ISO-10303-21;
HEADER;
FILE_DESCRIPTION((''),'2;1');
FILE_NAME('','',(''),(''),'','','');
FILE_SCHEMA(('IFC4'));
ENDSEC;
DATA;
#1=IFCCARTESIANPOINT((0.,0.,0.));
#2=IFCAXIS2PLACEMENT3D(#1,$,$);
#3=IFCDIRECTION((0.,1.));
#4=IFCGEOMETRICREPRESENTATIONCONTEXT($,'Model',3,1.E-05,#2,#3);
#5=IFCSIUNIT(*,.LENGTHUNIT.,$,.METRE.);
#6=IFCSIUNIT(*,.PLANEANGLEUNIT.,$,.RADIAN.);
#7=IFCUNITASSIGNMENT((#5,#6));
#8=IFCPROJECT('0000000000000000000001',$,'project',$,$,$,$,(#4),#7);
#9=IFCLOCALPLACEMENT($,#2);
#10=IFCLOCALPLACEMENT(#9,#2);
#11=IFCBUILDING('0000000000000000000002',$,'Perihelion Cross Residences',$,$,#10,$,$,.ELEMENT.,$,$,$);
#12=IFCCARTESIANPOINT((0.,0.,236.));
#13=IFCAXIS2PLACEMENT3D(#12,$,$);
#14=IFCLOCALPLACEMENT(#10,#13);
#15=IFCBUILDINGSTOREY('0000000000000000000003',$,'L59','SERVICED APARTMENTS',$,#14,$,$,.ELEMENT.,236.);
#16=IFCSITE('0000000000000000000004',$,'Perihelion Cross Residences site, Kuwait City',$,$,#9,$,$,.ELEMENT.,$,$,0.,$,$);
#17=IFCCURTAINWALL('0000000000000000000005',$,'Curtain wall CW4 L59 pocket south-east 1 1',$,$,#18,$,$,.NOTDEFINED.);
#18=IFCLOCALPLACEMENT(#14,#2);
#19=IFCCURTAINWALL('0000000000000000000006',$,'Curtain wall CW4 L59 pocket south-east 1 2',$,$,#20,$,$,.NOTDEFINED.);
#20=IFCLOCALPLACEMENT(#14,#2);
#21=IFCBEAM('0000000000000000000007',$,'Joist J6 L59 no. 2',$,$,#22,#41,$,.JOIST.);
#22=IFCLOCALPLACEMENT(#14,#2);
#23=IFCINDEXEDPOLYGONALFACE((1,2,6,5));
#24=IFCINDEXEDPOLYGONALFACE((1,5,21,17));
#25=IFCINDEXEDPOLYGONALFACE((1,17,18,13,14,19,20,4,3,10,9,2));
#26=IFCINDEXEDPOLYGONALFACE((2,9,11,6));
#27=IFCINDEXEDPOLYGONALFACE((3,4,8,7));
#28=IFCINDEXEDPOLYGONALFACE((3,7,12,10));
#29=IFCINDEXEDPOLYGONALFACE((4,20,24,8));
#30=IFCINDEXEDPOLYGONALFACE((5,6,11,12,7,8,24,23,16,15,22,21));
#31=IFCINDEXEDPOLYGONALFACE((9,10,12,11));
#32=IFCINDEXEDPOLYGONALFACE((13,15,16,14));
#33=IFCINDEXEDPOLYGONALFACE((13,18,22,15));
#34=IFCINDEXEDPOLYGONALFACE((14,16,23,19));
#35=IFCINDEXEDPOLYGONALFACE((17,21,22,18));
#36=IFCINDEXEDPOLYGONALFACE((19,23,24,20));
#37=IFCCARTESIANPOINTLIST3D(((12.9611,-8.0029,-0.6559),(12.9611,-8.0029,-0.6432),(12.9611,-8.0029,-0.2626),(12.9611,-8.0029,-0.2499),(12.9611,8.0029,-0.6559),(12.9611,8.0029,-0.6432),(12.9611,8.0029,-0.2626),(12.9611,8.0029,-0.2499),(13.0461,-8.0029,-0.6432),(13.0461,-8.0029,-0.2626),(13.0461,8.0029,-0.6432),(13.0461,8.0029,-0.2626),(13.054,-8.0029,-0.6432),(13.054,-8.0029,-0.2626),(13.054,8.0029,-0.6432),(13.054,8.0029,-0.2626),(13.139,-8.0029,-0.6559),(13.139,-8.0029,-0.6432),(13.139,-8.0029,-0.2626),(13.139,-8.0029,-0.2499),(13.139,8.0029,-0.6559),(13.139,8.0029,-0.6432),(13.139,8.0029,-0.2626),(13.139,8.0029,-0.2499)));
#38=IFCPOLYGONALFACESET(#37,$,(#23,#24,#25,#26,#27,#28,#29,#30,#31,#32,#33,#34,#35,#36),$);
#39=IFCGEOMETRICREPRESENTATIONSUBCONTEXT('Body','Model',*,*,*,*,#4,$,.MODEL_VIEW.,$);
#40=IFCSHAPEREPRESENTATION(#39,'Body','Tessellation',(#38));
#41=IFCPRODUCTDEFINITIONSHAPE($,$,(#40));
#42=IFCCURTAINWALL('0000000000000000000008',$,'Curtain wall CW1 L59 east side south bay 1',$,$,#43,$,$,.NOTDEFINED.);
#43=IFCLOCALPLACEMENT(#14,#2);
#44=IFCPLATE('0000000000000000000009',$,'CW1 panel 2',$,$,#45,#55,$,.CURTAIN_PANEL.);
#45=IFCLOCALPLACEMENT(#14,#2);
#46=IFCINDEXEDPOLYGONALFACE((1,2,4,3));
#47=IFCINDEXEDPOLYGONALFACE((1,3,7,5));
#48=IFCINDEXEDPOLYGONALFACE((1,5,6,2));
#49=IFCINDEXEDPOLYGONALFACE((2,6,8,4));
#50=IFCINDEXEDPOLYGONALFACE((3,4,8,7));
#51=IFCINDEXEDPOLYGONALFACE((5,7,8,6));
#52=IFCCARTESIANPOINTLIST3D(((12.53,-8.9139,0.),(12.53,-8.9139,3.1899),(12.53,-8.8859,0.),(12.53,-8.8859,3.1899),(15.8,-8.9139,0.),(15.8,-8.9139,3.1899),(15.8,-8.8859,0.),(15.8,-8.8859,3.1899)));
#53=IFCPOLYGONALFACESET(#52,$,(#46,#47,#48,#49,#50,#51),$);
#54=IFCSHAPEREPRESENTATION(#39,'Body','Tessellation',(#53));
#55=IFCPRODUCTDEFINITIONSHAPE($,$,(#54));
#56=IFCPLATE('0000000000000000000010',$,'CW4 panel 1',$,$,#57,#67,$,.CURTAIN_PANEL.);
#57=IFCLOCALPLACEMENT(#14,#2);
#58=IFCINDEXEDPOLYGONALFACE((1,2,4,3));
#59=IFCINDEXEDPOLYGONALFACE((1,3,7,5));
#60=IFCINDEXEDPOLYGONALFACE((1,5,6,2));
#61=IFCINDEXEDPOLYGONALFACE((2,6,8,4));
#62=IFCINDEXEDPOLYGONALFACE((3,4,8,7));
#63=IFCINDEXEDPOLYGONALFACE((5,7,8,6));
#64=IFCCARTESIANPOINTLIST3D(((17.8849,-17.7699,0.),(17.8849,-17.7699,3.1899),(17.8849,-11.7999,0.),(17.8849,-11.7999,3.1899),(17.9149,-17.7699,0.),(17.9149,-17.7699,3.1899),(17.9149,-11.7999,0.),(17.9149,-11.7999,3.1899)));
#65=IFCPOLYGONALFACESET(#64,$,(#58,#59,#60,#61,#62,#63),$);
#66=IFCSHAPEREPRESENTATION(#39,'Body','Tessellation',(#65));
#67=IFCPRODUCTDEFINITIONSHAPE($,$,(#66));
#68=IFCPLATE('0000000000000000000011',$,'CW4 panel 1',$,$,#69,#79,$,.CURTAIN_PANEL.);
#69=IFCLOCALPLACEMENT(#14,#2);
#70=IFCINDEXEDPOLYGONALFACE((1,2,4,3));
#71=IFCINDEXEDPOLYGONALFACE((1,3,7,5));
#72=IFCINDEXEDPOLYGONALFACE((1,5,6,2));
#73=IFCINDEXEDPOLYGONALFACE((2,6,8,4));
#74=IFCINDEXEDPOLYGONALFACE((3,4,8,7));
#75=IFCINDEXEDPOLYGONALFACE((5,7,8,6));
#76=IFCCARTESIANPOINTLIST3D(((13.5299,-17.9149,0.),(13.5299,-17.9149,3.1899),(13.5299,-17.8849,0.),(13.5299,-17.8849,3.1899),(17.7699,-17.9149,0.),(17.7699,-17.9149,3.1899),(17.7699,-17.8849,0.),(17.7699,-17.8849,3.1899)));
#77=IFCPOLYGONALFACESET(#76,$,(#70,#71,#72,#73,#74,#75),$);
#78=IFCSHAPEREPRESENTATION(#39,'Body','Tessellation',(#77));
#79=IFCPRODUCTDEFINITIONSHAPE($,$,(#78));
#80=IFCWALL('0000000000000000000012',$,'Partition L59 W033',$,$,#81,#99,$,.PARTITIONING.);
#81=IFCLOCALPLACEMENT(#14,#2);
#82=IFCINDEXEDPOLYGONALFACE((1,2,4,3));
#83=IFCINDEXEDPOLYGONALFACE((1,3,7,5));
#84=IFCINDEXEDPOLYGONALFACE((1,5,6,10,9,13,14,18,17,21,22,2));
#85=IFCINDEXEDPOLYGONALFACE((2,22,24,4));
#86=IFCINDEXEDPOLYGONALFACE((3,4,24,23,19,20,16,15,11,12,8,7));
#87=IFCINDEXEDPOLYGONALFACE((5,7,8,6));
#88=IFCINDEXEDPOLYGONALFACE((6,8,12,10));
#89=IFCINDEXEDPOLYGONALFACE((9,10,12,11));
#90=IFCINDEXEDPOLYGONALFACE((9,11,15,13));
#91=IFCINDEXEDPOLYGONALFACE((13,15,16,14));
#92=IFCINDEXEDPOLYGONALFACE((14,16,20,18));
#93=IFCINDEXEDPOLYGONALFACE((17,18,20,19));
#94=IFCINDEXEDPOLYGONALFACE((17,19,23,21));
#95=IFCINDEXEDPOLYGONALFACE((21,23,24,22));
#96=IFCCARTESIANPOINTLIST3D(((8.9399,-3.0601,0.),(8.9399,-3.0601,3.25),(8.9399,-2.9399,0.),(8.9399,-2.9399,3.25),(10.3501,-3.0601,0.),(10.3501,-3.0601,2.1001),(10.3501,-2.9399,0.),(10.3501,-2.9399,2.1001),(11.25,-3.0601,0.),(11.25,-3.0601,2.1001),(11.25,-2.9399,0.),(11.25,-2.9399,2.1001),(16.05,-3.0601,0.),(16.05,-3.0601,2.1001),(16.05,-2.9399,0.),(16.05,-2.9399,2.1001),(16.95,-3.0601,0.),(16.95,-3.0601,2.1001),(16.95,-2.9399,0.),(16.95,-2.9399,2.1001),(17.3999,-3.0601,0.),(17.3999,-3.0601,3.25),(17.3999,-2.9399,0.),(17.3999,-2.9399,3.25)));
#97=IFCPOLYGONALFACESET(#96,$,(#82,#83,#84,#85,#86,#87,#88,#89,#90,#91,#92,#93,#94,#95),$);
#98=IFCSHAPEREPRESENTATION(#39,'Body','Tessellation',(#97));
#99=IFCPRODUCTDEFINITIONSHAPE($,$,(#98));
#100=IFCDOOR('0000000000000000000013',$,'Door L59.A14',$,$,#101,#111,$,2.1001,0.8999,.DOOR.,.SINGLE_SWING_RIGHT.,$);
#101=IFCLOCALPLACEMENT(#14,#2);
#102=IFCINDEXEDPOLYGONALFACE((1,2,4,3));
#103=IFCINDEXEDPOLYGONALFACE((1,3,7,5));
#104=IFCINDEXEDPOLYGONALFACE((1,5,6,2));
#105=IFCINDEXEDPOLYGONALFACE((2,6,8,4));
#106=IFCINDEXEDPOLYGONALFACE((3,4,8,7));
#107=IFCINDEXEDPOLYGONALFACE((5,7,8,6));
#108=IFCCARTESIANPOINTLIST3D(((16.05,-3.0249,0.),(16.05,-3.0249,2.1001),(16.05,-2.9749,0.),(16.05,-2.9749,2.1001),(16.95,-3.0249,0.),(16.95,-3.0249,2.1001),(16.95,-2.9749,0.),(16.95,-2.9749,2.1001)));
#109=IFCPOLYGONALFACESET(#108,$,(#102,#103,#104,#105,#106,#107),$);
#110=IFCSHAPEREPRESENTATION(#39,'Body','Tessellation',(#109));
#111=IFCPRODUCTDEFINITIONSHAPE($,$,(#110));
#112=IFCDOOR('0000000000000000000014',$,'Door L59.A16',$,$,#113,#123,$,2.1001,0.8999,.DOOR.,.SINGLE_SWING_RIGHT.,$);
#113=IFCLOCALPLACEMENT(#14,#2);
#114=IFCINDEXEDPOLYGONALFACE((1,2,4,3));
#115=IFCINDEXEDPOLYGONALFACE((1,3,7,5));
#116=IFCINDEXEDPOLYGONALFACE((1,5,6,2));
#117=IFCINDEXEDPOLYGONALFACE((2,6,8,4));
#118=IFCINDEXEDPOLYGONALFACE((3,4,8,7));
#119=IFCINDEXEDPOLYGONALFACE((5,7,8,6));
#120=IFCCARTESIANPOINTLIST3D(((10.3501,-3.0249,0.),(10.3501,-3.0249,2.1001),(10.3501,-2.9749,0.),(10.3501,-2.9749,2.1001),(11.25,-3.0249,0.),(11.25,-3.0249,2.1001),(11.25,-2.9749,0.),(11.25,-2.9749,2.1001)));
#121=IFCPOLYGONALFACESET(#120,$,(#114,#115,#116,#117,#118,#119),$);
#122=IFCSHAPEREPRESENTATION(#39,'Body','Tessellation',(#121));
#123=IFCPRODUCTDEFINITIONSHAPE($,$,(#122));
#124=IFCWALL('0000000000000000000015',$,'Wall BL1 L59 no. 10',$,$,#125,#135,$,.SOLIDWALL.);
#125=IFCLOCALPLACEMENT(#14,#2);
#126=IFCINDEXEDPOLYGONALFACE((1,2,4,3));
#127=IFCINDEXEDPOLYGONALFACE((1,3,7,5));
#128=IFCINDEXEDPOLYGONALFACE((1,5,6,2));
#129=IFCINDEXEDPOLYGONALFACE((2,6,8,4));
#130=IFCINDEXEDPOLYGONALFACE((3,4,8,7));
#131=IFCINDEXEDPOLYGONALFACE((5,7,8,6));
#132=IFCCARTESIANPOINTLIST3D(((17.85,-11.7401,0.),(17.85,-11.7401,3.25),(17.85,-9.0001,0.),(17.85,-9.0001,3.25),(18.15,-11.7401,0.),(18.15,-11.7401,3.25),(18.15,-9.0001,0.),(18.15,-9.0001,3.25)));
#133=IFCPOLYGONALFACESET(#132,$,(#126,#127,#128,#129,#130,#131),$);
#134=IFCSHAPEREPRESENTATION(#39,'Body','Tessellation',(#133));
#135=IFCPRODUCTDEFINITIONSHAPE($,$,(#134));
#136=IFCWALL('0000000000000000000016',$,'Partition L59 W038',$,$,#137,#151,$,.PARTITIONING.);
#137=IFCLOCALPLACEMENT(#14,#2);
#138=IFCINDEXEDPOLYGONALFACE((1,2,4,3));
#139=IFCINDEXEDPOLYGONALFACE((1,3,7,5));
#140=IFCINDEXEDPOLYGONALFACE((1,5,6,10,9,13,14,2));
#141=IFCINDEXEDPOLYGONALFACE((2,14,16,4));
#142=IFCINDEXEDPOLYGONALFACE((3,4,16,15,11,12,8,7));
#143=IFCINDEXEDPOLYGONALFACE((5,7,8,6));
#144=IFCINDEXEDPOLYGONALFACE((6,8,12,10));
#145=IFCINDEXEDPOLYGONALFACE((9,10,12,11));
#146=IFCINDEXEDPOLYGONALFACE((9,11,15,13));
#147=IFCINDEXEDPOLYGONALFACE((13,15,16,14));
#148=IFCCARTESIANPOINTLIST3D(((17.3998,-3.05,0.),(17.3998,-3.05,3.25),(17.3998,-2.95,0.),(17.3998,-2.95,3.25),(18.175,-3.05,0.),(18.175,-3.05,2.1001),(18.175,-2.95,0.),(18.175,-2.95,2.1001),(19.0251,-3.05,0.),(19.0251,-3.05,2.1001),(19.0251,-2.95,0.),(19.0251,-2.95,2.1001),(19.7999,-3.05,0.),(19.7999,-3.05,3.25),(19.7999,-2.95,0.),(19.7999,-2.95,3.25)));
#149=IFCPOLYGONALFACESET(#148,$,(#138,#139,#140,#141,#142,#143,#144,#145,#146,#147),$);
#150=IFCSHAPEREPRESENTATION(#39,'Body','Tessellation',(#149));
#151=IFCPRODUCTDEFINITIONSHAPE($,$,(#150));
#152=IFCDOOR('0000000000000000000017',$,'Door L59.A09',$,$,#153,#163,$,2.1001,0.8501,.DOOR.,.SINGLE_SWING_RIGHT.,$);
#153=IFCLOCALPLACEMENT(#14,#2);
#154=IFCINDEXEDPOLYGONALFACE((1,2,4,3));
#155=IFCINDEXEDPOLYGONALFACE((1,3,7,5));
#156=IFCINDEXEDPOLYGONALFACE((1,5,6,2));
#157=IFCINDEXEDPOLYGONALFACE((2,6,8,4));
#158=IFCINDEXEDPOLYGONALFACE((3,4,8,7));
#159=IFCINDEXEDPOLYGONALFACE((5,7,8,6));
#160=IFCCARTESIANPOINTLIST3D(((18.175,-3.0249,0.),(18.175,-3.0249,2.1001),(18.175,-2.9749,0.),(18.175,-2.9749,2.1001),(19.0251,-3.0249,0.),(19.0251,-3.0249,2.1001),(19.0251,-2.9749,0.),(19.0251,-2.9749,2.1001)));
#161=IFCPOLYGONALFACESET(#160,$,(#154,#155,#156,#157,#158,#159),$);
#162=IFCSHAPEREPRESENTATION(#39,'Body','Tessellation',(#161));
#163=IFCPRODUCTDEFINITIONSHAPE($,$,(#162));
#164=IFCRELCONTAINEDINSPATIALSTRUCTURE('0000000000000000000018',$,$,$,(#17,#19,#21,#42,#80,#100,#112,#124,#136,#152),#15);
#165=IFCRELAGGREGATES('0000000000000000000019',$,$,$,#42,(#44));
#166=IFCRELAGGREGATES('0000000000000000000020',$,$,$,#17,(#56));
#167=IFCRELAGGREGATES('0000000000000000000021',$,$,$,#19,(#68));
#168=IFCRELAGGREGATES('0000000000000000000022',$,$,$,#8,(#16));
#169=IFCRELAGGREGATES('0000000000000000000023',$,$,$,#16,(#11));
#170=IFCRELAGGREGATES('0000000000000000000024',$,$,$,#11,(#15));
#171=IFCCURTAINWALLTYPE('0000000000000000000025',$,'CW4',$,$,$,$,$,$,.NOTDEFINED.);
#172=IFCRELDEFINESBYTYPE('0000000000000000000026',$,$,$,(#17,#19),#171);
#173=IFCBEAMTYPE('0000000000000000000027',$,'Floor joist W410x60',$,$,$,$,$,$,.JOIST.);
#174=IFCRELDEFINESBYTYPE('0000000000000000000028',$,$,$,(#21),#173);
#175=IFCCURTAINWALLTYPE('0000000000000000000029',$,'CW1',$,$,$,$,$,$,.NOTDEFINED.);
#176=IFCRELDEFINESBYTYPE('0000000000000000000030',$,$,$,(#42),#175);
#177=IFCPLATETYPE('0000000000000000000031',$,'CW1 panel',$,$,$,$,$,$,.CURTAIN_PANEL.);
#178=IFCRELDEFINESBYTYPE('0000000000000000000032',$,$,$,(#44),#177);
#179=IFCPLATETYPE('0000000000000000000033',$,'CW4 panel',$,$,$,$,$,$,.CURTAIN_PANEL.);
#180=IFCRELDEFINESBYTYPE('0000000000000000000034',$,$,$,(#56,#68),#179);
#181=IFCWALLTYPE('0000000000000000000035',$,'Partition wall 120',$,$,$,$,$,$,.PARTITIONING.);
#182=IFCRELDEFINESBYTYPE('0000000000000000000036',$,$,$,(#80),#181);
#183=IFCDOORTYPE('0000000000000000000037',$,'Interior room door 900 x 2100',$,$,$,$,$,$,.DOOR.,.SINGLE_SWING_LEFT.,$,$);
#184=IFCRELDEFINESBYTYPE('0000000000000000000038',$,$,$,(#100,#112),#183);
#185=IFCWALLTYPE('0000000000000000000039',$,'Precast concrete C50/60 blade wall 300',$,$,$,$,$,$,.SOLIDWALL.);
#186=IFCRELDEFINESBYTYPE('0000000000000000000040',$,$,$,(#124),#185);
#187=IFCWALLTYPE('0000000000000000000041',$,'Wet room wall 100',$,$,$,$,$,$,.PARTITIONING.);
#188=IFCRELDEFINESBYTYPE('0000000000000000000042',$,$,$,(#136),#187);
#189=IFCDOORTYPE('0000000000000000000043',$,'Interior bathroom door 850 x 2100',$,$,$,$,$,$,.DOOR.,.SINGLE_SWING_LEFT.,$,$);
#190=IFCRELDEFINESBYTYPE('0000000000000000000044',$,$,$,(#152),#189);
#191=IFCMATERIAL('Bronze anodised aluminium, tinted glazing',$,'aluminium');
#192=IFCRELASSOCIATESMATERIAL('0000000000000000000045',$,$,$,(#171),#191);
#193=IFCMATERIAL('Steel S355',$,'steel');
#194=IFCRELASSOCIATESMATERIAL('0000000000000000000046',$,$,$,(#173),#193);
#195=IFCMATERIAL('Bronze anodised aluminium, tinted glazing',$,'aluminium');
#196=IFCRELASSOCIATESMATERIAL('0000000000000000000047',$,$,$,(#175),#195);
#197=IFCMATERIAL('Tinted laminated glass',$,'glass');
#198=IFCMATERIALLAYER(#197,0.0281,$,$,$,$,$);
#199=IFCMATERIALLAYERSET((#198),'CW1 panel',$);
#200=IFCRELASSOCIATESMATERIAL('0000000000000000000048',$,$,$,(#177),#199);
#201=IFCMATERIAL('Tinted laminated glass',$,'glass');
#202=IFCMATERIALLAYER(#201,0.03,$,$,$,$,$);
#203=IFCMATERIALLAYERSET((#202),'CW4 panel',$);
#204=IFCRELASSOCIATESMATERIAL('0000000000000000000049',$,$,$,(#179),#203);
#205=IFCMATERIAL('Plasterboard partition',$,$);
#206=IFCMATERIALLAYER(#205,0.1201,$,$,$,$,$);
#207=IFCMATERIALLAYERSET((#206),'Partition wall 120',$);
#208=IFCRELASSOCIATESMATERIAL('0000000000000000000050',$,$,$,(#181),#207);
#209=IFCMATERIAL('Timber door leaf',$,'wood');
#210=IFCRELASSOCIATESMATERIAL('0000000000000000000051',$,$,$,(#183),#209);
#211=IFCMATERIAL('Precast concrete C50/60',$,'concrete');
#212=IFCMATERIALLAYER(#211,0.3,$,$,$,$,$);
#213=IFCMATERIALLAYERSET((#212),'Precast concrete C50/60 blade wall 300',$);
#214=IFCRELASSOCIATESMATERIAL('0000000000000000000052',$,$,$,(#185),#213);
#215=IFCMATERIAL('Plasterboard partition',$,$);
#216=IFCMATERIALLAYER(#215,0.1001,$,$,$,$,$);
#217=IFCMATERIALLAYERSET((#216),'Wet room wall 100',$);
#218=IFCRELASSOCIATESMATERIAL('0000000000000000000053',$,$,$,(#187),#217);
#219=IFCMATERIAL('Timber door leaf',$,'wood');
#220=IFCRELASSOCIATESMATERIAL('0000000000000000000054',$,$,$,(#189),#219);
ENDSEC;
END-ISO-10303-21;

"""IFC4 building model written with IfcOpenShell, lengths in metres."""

from ifc_helpers import new_model, si_unit, direction, frame, frame_2d, origin, origin_2d, place, context, subcontext, project, spatial, rectangle, i_section, extrude, material, layer, layer_set, material_profile, profile_set, type_object, element, fill, aggregate, save


model = new_model("IFC4")

# Units and contexts
model_context = context("Model", 3, precision=1e-05, world=origin(), true_north=direction((0.0, 1.0)))
body_context = subcontext(model_context, "Body", "Model", "MODEL_VIEW")
ifc_project = project(units=[si_unit("LENGTHUNIT", "METRE"), si_unit("PLANEANGLEUNIT", "RADIAN")], contexts=[model_context])

# Site, building, storey
site_placement = place(None, origin())
site = spatial("IfcSite", under=ifc_project, at=site_placement, Name="Perihelion Cross Residences site, Kuwait City", CompositionType="ELEMENT", RefElevation=0.0)
building_placement = place(site_placement, origin())
building = spatial("IfcBuilding", under=site, at=building_placement, Name="Perihelion Cross Residences", CompositionType="ELEMENT")
storey_placement = place(building_placement, frame((0.0, 0.0, 236.0)))
storey = spatial("IfcBuildingStorey", under=building, at=storey_placement, Name="L59", Description="SERVICED APARTMENTS", CompositionType="ELEMENT", Elevation=236.0)

# Curtain walls
ifc_material_1 = material(Name="Bronze anodised aluminium, tinted glazing", Category="aluminium")
curtain_wall_type_1 = type_object("IfcCurtainWallType", Name="CW4", PredefinedType="NOTDEFINED", material=ifc_material_1)
curtain_wall_1_placement = place(storey_placement, origin())
curtain_wall_1 = element("IfcCurtainWall", 1, at=curtain_wall_1_placement, inside=storey, type_object=curtain_wall_type_1, Name="Curtain wall CW4 L59 pocket south-east 1 1", PredefinedType="NOTDEFINED")
curtain_wall_2_placement = place(storey_placement, origin())
curtain_wall_2 = element("IfcCurtainWall", 2, at=curtain_wall_2_placement, inside=storey, type_object=curtain_wall_type_1, Name="Curtain wall CW4 L59 pocket south-east 1 2", PredefinedType="NOTDEFINED")

# Beam
ifc_material_2 = material(Name="Steel S355", Category="steel")
ifc_material_profile_1 = material_profile(ifc_material_2, i_section(OverallWidth=0.178, OverallDepth=0.406, WebThickness=0.0078, FlangeThickness=0.0127, at=origin_2d()), Name="W410x60")
ifc_profile_set_1 = profile_set([ifc_material_profile_1], Name="Steel S355")
beam_type_1 = type_object("IfcBeamType", Name="Floor joist W410x60", PredefinedType="JOIST", material=ifc_profile_set_1)
beam_1_placement = place(storey_placement, frame((13.05, -8.0029, -0.4529), z_axis=(0.0, 1.0, 0.0), x_axis=(-1.0, 0.0, 0.0)))
element("IfcBeam", 3, at=beam_1_placement, inside=storey, type_object=beam_type_1, Name="Joist J6 L59 no. 2", PredefinedType="JOIST", context=body_context, shape_type="SweptSolid", body=[
    extrude(i_section(OverallWidth=0.178, OverallDepth=0.406, WebThickness=0.0078, FlangeThickness=0.0127, at=origin_2d()), origin(), (0.0, 0.0, 1.0), 16.0059),
])

# Curtain wall, plate
ifc_material_3 = material(Name="Bronze anodised aluminium, tinted glazing", Category="aluminium")
curtain_wall_type_2 = type_object("IfcCurtainWallType", Name="CW1", PredefinedType="NOTDEFINED", material=ifc_material_3)
curtain_wall_3_placement = place(storey_placement, origin())
curtain_wall_3 = element("IfcCurtainWall", 4, at=curtain_wall_3_placement, inside=storey, type_object=curtain_wall_type_2, Name="Curtain wall CW1 L59 east side south bay 1", PredefinedType="NOTDEFINED")
ifc_material_4 = material(Name="Tinted laminated glass", Category="glass")
ifc_layer_1 = layer(ifc_material_4, 0.0281)
ifc_layer_set_1 = layer_set([ifc_layer_1], Name="CW1 panel")
plate_type_1 = type_object("IfcPlateType", Name="CW1 panel", PredefinedType="CURTAIN_PANEL", material=ifc_layer_set_1)
plate_1_placement = place(storey_placement, frame((14.165, -8.8999, 0.0), z_axis=(0.0, 0.0, 1.0), x_axis=(1.0, 0.0, 0.0)))
plate_1 = element("IfcPlate", 5, at=plate_1_placement, type_object=plate_type_1, Name="CW1 panel 2", PredefinedType="CURTAIN_PANEL", context=body_context, shape_type="SweptSolid", body=[
    extrude(rectangle(XDim=3.27, YDim=0.0281, at=origin_2d()), origin(), (0.0, 0.0, 1.0), 3.1899),
])
aggregate(curtain_wall_3, [plate_1])

# Plates
ifc_material_5 = material(Name="Tinted laminated glass", Category="glass")
ifc_layer_2 = layer(ifc_material_5, 0.03)
ifc_layer_set_2 = layer_set([ifc_layer_2], Name="CW4 panel")
plate_type_2 = type_object("IfcPlateType", Name="CW4 panel", PredefinedType="CURTAIN_PANEL", material=ifc_layer_set_2)
plate_2_placement = place(storey_placement, frame((17.8999, -14.7849, 0.0), z_axis=(0.0, 0.0, 1.0), x_axis=(0.0, -1.0, 0.0)))
plate_2 = element("IfcPlate", 6, at=plate_2_placement, type_object=plate_type_2, Name="CW4 panel 1", PredefinedType="CURTAIN_PANEL", context=body_context, shape_type="SweptSolid", body=[
    extrude(rectangle(XDim=5.97, YDim=0.03, at=origin_2d()), origin(), (0.0, 0.0, 1.0), 3.1899),
])
aggregate(curtain_wall_1, [plate_2])
plate_3_placement = place(storey_placement, frame((15.6499, -17.8999, 0.0), z_axis=(0.0, 0.0, 1.0), x_axis=(-1.0, 0.0, 0.0)))
plate_3 = element("IfcPlate", 7, at=plate_3_placement, type_object=plate_type_2, Name="CW4 panel 1", PredefinedType="CURTAIN_PANEL", context=body_context, shape_type="SweptSolid", body=[
    extrude(rectangle(XDim=4.24, YDim=0.03, at=origin_2d()), origin(), (0.0, 0.0, 1.0), 3.1899),
])
aggregate(curtain_wall_2, [plate_3])

# Wall, openings, doors
ifc_material_6 = material(Name="Plasterboard partition")
ifc_layer_3 = layer(ifc_material_6, 0.1201)
ifc_layer_set_3 = layer_set([ifc_layer_3], Name="Partition wall 120")
wall_type_1 = type_object("IfcWallType", Name="Partition wall 120", PredefinedType="PARTITIONING", material=ifc_layer_set_3)
wall_1_placement = place(storey_placement, frame((17.3999, -3.0, 0.0), z_axis=(0.0, 0.0, 1.0), x_axis=(-1.0, 0.0, 0.0)))
wall_1 = element("IfcWall", 8, at=wall_1_placement, inside=storey, type_object=wall_type_1, Name="Partition L59 W033", PredefinedType="PARTITIONING", context=body_context, shape_type="SweptSolid", body=[
    extrude(rectangle(XDim=8.46, YDim=0.1201, at=frame_2d((4.23, 0.0))), origin(), (0.0, 0.0, 1.0), 3.25),
])
opening_1_placement = place(wall_1_placement, frame((0.45, 0.0, 0.0)))
opening_1 = element("IfcOpeningElement", 9, at=opening_1_placement, cuts=wall_1, PredefinedType="OPENING", context=body_context, shape_type="SweptSolid", body=[
    extrude(rectangle(XDim=0.8999, YDim=2.1001, at=frame_2d((0.45, 1.05))), frame((0.0, 0.0701, 0.0), z_axis=(0.0, -1.0, 0.0), x_axis=(1.0, 0.0, 0.0)), (0.0, 0.0, 1.0), 0.1401),
])
opening_2_placement = place(wall_1_placement, frame((6.1499, 0.0, 0.0)))
opening_2 = element("IfcOpeningElement", 10, at=opening_2_placement, cuts=wall_1, PredefinedType="OPENING", context=body_context, shape_type="SweptSolid", body=[
    extrude(rectangle(XDim=0.8999, YDim=2.1001, at=frame_2d((0.45, 1.05))), frame((0.0, 0.0701, 0.0), z_axis=(0.0, -1.0, 0.0), x_axis=(1.0, 0.0, 0.0)), (0.0, 0.0, 1.0), 0.1401),
])
ifc_material_7 = material(Name="Timber door leaf", Category="wood")
door_type_1 = type_object("IfcDoorType", Name="Interior room door 900 x 2100", OperationType="SINGLE_SWING_LEFT", PredefinedType="DOOR", material=ifc_material_7)
door_1_placement = place(opening_1_placement, origin())
door_1 = element("IfcDoor", 11, at=door_1_placement, inside=storey, type_object=door_type_1, Name="Door L59.A14", OperationType="SINGLE_SWING_RIGHT", OverallHeight=2.1001, OverallWidth=0.8999, PredefinedType="DOOR", context=body_context, shape_type="SweptSolid", body=[
    extrude(rectangle(XDim=0.8999, YDim=2.1001, at=frame_2d((0.45, 1.05))), frame((0.0, 0.0249, 0.0), z_axis=(0.0, -1.0, 0.0), x_axis=(1.0, 0.0, 0.0)), (0.0, 0.0, 1.0), 0.05),
])
fill(opening_1, door_1)
door_2_placement = place(opening_2_placement, origin())
door_2 = element("IfcDoor", 12, at=door_2_placement, inside=storey, type_object=door_type_1, Name="Door L59.A16", OperationType="SINGLE_SWING_RIGHT", OverallHeight=2.1001, OverallWidth=0.8999, PredefinedType="DOOR", context=body_context, shape_type="SweptSolid", body=[
    extrude(rectangle(XDim=0.8999, YDim=2.1001, at=frame_2d((0.45, 1.05))), frame((0.0, 0.0249, 0.0), z_axis=(0.0, -1.0, 0.0), x_axis=(1.0, 0.0, 0.0)), (0.0, 0.0, 1.0), 0.05),
])
fill(opening_2, door_2)

# Wall
ifc_material_8 = material(Name="Precast concrete C50/60", Category="concrete")
ifc_layer_4 = layer(ifc_material_8, 0.3)
ifc_layer_set_4 = layer_set([ifc_layer_4], Name="Precast concrete C50/60 blade wall 300")
wall_type_2 = type_object("IfcWallType", Name="Precast concrete C50/60 blade wall 300", PredefinedType="SOLIDWALL", material=ifc_layer_set_4)
wall_2_placement = place(storey_placement, frame((18.0, -9.0, 0.0), z_axis=(0.0, 0.0, 1.0), x_axis=(0.0, -1.0, 0.0)))
element("IfcWall", 13, at=wall_2_placement, inside=storey, type_object=wall_type_2, Name="Wall BL1 L59 no. 10", PredefinedType="SOLIDWALL", context=body_context, shape_type="SweptSolid", body=[
    extrude(rectangle(XDim=2.74, YDim=0.3, at=frame_2d((1.3701, 0.0))), origin(), (0.0, 0.0, 1.0), 3.25),
])

# Wall, opening, door
ifc_material_9 = material(Name="Plasterboard partition")
ifc_layer_5 = layer(ifc_material_9, 0.1001)
ifc_layer_set_5 = layer_set([ifc_layer_5], Name="Wet room wall 100")
wall_type_3 = type_object("IfcWallType", Name="Wet room wall 100", PredefinedType="PARTITIONING", material=ifc_layer_set_5)
wall_3_placement = place(storey_placement, frame((19.8, -3.0, 0.0), z_axis=(0.0, 0.0, 1.0), x_axis=(-1.0, 0.0, 0.0)))
wall_3 = element("IfcWall", 14, at=wall_3_placement, inside=storey, type_object=wall_type_3, Name="Partition L59 W038", PredefinedType="PARTITIONING", context=body_context, shape_type="SweptSolid", body=[
    extrude(rectangle(XDim=2.4001, YDim=0.1001, at=frame_2d((1.2002, 0.0))), origin(), (0.0, 0.0, 1.0), 3.25),
])
opening_3_placement = place(wall_3_placement, frame((0.7749, 0.0, 0.0)))
opening_3 = element("IfcOpeningElement", 15, at=opening_3_placement, cuts=wall_3, PredefinedType="OPENING", context=body_context, shape_type="SweptSolid", body=[
    extrude(rectangle(XDim=0.8501, YDim=2.1001, at=frame_2d((0.425, 1.05))), frame((0.0, 0.0601, 0.0), z_axis=(0.0, -1.0, 0.0), x_axis=(1.0, 0.0, 0.0)), (0.0, 0.0, 1.0), 0.1201),
])
ifc_material_10 = material(Name="Timber door leaf", Category="wood")
door_type_2 = type_object("IfcDoorType", Name="Interior bathroom door 850 x 2100", OperationType="SINGLE_SWING_LEFT", PredefinedType="DOOR", material=ifc_material_10)
door_3_placement = place(opening_3_placement, origin())
door_3 = element("IfcDoor", 16, at=door_3_placement, inside=storey, type_object=door_type_2, Name="Door L59.A09", OperationType="SINGLE_SWING_RIGHT", OverallHeight=2.1001, OverallWidth=0.8501, PredefinedType="DOOR", context=body_context, shape_type="SweptSolid", body=[
    extrude(rectangle(XDim=0.8501, YDim=2.1001, at=frame_2d((0.425, 1.05))), frame((0.0, 0.0249, 0.0), z_axis=(0.0, -1.0, 0.0), x_axis=(1.0, 0.0, 0.0)), (0.0, 0.0, 1.0), 0.05),
])
fill(opening_3, door_3)

save(model, "model.ifc")
